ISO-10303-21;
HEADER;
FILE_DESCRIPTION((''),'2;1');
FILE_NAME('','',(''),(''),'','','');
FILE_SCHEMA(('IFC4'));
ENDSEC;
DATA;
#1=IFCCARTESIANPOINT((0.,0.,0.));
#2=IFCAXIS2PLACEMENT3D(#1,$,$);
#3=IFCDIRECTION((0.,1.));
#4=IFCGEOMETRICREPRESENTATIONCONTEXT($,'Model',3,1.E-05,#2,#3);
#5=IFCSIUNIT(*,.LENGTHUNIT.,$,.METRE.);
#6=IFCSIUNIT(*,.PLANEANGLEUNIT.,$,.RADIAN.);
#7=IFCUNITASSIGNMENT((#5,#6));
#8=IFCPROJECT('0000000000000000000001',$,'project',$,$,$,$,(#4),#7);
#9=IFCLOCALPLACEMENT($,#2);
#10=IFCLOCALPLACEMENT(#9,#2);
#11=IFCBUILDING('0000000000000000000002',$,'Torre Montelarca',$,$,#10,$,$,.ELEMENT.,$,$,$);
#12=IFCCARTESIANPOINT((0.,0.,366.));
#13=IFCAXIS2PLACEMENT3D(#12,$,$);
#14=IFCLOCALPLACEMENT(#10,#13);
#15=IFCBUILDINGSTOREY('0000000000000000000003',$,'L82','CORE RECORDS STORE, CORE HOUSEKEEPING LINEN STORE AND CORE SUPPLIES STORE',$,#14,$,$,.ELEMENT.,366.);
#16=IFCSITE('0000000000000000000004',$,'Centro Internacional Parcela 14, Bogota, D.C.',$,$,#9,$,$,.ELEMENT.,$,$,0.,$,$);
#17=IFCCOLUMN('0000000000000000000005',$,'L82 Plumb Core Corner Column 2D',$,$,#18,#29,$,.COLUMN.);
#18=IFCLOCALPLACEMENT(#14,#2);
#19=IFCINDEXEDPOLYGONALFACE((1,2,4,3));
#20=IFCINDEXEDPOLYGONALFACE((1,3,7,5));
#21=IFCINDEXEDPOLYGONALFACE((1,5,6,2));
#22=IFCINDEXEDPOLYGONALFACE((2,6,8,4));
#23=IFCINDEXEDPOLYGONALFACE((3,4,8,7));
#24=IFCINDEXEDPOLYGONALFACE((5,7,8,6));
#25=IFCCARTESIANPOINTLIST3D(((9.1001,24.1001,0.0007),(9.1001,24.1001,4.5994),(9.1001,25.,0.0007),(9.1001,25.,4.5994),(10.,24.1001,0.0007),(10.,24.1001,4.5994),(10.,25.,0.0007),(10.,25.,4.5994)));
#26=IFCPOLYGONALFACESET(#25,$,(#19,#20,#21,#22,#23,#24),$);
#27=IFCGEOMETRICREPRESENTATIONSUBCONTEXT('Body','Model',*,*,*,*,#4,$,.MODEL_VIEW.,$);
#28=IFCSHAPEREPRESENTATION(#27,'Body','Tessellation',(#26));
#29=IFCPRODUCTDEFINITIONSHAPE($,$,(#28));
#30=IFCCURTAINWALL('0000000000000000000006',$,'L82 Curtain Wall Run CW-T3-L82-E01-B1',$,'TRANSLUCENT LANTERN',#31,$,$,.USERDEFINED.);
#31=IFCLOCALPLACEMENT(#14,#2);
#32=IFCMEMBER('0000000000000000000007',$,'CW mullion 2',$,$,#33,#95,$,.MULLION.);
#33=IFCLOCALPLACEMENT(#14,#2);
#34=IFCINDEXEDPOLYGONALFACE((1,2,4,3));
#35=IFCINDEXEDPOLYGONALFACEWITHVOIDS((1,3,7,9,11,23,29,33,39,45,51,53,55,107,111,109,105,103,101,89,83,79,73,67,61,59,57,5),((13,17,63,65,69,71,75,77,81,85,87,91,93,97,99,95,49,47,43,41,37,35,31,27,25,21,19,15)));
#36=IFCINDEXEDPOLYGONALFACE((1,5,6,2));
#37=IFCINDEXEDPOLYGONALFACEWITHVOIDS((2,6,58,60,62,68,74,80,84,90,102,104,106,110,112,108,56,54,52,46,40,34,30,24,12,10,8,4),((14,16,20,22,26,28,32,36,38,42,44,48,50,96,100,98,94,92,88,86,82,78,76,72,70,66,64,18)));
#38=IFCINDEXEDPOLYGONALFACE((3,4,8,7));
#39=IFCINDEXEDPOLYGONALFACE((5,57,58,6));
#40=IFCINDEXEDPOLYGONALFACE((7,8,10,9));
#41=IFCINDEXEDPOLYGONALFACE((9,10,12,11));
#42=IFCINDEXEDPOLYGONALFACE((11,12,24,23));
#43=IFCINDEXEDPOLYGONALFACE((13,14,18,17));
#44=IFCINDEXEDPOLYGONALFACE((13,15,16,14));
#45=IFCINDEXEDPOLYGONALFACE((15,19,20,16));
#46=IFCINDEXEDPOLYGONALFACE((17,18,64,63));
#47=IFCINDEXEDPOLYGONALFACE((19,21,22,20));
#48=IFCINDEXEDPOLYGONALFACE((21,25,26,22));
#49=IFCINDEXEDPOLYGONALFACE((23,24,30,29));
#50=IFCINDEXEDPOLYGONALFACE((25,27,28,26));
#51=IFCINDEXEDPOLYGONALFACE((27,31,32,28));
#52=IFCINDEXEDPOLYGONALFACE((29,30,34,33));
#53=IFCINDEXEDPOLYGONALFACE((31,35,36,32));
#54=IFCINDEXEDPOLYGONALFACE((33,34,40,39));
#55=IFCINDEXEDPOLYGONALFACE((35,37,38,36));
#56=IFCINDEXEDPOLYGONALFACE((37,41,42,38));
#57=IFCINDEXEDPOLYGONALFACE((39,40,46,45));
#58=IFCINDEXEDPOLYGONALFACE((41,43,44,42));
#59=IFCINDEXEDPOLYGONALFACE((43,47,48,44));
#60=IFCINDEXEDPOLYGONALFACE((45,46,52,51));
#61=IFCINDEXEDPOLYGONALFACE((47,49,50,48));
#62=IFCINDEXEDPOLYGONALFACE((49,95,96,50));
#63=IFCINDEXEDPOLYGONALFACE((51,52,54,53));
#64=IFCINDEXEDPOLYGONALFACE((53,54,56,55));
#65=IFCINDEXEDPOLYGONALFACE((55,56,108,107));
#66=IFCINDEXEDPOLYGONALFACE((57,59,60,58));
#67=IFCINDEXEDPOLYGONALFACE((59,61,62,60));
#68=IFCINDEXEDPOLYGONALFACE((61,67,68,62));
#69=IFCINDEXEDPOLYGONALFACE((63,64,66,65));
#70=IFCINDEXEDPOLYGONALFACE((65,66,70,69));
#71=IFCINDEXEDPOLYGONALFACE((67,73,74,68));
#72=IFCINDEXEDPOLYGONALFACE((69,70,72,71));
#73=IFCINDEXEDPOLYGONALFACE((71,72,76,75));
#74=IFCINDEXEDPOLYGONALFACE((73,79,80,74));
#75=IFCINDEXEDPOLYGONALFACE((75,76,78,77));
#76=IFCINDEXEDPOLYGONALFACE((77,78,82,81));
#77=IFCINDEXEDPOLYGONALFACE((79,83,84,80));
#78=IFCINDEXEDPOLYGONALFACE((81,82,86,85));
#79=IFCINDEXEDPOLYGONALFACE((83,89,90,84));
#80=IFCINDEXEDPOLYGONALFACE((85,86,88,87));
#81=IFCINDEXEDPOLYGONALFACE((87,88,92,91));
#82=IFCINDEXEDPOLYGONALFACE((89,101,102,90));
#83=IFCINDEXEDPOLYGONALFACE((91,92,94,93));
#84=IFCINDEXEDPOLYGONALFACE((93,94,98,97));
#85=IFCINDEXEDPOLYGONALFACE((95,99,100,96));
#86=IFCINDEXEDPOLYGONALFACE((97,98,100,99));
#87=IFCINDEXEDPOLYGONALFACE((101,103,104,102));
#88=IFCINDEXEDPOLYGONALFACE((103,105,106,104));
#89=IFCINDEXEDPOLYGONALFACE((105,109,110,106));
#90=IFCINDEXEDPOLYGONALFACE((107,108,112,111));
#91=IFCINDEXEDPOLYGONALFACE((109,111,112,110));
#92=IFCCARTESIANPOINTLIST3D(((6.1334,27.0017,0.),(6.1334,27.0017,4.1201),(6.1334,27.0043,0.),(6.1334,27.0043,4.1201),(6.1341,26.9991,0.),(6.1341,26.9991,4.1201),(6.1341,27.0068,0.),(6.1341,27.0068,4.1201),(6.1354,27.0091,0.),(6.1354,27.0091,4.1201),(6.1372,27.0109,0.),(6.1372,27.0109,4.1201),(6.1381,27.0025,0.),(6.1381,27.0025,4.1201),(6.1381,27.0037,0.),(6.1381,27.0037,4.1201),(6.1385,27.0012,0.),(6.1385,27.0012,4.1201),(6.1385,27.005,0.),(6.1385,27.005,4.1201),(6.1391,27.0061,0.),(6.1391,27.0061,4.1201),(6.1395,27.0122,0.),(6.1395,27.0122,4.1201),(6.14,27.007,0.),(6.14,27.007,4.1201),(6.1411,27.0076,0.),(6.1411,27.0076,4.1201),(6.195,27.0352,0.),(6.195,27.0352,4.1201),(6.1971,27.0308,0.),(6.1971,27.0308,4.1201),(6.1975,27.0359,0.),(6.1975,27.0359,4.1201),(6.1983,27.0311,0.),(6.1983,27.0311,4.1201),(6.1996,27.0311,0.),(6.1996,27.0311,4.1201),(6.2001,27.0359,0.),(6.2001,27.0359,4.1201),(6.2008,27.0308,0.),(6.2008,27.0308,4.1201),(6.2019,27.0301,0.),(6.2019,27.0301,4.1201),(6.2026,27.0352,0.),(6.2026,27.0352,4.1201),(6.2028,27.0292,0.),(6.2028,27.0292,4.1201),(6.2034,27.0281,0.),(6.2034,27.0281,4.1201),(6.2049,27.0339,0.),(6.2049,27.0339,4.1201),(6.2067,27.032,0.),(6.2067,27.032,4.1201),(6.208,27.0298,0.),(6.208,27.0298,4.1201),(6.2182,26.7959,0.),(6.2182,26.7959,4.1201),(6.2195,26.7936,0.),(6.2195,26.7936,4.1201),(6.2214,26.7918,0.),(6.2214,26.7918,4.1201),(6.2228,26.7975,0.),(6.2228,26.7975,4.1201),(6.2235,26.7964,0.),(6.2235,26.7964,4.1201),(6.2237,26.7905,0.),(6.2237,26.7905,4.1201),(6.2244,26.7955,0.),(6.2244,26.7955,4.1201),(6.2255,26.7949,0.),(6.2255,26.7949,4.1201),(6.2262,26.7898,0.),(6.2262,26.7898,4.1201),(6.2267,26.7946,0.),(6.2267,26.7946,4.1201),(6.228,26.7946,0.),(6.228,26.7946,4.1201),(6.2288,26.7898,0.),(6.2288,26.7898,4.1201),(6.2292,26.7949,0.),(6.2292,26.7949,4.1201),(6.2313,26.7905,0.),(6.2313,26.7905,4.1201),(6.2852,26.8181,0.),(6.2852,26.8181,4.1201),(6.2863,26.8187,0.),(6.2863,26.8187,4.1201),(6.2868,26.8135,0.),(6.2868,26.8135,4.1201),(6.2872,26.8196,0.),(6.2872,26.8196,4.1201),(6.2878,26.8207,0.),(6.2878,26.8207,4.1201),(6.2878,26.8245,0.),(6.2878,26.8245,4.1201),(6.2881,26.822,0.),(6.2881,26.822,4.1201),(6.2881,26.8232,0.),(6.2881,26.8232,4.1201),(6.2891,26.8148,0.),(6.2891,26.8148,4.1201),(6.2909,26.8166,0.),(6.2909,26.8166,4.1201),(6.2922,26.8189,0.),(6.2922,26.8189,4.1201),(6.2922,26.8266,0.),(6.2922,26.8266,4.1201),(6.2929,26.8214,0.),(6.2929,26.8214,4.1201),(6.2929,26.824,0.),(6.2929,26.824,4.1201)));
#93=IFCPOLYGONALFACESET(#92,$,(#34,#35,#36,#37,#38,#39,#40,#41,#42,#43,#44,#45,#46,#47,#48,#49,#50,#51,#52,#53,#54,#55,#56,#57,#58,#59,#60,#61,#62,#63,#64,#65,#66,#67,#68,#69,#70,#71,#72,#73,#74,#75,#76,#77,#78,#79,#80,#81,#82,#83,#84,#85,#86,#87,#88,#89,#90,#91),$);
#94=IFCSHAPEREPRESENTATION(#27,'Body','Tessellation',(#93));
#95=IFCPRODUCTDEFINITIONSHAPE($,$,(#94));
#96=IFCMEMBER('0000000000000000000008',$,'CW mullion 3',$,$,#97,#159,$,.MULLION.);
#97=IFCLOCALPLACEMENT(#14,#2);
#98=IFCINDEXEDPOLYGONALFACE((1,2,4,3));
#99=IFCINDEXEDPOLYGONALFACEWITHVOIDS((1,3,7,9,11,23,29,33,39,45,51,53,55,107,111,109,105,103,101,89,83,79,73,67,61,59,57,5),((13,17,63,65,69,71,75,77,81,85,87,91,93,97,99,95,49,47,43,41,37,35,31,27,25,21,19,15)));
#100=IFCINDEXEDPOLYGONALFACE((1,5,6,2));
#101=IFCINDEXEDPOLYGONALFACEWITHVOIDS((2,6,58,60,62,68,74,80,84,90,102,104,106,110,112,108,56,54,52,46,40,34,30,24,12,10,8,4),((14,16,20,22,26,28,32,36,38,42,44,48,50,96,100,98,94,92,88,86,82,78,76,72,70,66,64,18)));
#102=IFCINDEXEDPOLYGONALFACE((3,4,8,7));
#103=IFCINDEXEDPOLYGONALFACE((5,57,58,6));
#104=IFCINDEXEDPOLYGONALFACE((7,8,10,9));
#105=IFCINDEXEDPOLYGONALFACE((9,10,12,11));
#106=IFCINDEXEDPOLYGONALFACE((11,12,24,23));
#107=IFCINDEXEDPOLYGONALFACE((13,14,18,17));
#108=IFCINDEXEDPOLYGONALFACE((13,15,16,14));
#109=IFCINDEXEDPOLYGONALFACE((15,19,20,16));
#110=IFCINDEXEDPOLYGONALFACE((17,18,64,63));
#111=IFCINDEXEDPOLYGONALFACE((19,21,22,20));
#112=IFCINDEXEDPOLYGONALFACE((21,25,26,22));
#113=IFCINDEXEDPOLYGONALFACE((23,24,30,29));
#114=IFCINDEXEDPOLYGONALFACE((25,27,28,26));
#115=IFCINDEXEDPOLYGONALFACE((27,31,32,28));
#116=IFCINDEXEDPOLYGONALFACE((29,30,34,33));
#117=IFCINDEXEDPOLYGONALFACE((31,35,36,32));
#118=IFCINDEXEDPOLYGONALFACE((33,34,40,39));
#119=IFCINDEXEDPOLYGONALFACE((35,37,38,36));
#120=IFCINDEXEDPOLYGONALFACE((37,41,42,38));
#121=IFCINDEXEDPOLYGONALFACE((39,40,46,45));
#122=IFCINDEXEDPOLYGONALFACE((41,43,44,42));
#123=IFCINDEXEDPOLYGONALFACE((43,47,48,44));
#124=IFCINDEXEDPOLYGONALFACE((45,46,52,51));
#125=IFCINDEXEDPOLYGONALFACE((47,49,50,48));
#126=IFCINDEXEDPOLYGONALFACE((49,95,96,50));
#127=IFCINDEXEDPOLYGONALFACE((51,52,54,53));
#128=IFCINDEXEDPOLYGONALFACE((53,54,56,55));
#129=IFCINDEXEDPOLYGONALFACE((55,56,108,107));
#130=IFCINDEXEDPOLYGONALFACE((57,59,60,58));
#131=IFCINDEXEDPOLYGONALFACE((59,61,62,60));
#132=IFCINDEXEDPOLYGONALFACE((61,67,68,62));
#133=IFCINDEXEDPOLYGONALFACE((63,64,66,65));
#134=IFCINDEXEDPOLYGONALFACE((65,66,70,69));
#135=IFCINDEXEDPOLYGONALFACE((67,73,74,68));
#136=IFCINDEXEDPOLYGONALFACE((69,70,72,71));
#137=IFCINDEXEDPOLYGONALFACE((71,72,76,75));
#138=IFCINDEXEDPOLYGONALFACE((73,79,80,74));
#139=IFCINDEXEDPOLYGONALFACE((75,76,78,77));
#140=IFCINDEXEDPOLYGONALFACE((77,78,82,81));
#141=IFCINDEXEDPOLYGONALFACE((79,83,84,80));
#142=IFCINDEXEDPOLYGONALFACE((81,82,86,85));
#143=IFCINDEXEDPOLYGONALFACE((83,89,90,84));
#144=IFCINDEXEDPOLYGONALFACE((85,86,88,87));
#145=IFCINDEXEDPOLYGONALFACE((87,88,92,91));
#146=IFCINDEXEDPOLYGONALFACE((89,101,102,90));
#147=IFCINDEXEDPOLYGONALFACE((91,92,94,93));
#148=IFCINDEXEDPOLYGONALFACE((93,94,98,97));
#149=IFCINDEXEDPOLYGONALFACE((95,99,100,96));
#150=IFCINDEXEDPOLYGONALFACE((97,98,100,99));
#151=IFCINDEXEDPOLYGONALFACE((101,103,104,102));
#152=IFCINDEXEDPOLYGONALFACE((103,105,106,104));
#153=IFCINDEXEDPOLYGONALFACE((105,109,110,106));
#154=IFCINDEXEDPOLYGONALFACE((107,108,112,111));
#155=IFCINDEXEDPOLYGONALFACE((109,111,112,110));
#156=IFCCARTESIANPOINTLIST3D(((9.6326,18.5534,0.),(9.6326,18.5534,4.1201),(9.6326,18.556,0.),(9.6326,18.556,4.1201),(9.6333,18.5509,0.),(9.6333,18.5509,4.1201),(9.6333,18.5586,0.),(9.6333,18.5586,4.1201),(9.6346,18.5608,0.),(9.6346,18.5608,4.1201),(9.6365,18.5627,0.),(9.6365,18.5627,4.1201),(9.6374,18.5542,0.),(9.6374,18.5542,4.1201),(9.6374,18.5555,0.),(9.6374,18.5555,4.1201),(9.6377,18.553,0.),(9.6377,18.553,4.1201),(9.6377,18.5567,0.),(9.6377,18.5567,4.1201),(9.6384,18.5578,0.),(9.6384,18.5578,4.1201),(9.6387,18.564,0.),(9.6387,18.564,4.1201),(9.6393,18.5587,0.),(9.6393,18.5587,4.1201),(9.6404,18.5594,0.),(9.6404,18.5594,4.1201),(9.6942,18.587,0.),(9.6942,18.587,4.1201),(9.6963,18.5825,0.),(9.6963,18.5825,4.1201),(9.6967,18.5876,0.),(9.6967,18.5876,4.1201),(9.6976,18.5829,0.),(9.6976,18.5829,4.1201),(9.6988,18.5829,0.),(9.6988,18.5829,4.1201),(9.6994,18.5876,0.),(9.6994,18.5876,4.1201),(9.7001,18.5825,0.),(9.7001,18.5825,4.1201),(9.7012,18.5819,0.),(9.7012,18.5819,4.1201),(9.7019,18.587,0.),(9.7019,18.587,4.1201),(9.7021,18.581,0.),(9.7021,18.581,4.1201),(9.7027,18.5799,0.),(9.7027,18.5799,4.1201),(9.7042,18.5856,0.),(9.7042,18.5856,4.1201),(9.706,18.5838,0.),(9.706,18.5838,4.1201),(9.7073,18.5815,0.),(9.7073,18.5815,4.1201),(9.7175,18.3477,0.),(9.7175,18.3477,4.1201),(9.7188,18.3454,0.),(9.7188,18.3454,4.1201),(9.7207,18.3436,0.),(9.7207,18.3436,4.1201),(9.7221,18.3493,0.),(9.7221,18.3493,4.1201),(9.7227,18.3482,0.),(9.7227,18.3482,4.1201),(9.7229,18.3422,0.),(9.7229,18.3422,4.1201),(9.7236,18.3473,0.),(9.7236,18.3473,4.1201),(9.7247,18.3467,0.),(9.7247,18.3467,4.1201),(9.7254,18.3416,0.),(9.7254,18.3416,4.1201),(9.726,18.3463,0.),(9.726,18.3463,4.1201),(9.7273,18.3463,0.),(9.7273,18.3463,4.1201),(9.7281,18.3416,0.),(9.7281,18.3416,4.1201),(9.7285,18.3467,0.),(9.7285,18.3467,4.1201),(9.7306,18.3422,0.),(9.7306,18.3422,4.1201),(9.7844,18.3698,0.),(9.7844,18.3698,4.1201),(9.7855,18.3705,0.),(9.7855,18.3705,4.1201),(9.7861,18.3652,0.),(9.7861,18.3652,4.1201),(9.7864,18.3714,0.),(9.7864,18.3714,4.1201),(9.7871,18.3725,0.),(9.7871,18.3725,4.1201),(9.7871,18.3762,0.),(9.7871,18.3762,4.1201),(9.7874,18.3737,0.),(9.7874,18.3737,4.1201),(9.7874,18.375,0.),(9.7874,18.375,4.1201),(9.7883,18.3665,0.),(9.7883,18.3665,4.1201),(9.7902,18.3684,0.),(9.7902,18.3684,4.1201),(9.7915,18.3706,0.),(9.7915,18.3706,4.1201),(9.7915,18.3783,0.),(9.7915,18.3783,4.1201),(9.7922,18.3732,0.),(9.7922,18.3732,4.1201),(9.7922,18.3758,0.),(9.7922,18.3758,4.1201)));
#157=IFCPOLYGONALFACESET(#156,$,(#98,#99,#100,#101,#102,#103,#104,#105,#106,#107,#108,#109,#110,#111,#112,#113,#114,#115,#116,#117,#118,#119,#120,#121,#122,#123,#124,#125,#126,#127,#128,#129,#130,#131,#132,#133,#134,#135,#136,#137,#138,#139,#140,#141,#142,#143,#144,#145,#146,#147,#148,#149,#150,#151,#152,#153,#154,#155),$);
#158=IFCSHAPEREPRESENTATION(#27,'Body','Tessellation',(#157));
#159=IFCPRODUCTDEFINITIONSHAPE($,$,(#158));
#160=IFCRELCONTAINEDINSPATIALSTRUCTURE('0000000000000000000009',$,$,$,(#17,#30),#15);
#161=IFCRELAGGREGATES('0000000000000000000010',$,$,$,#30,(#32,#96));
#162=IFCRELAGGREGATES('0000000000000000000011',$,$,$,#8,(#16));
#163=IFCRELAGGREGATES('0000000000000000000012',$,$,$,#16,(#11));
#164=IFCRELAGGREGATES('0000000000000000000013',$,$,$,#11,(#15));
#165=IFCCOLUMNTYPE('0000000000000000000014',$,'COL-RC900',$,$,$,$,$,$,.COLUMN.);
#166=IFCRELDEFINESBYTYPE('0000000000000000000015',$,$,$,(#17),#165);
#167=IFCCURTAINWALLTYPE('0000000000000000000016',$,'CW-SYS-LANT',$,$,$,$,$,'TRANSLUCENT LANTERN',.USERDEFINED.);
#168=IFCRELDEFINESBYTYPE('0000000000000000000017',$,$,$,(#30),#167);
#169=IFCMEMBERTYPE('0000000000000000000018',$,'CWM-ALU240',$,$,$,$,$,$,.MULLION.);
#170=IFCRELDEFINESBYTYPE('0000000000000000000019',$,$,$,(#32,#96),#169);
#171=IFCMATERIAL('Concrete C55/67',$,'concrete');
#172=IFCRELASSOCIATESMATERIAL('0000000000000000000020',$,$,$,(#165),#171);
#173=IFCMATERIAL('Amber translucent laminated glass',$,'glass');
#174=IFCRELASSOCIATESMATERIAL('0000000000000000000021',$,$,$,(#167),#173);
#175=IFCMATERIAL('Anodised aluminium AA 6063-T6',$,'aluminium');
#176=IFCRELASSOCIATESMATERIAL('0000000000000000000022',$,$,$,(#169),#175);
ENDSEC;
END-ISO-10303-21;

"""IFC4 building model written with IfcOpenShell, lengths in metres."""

from ifc_helpers import new_model, si_unit, direction, frame, origin, origin_2d, place, context, subcontext, project, spatial, rectangle, hollow_rectangle, extrude, source, transform, mapped, material, material_profile, profile_set, type_object, element, aggregate, save


model = new_model("IFC4")

# Units and contexts
model_context = context("Model", 3, precision=1e-05, world=origin(), true_north=direction((0.0, 1.0)))
body_context = subcontext(model_context, "Body", "Model", "MODEL_VIEW")
ifc_project = project(units=[si_unit("LENGTHUNIT", "METRE"), si_unit("PLANEANGLEUNIT", "RADIAN")], contexts=[model_context])

# Site, building, storey
site_placement = place(None, origin())
site = spatial("IfcSite", under=ifc_project, at=site_placement, Name="Centro Internacional Parcela 14, Bogota, D.C.", CompositionType="ELEMENT", RefElevation=0.0)
building_placement = place(site_placement, origin())
building = spatial("IfcBuilding", under=site, at=building_placement, Name="Torre Montelarca", CompositionType="ELEMENT")
storey_placement = place(building_placement, frame((0.0, 0.0, 366.0)))
storey = spatial("IfcBuildingStorey", under=building, at=storey_placement, Name="L82", Description="CORE RECORDS STORE, CORE HOUSEKEEPING LINEN STORE AND CORE SUPPLIES STORE", CompositionType="ELEMENT", Elevation=366.0)

# Column
ifc_material_1 = material(Name="Concrete C55/67", Category="concrete")
ifc_material_profile_1 = material_profile(ifc_material_1, rectangle(XDim=0.8999, YDim=0.8999, at=origin_2d()), Name="RC900X900", Category="concrete")
ifc_profile_set_1 = profile_set([ifc_material_profile_1], Name="Concrete C55/67")
column_type = type_object("IfcColumnType", Name="COL-RC900", PredefinedType="COLUMN", material=ifc_profile_set_1)
shared_shape_1 = source(origin(), body_context, "Body", "SweptSolid", [
    extrude(rectangle(XDim=0.8999, YDim=0.8999, at=origin_2d()), origin(), (0.0, 0.0, 1.0), 4.5986),
])
column_placement = place(storey_placement, frame((9.55, 24.55, 0.0007), z_axis=(0.0, 0.0, 1.0), x_axis=(1.0, 0.0, 0.0)))
element("IfcColumn", 1, at=column_placement, inside=storey, type_object=column_type, Name="L82 Plumb Core Corner Column 2D", PredefinedType="COLUMN", context=body_context, shape_type="MappedRepresentation", body=[
    mapped(shared_shape_1, transform((0.0, 0.0, 0.0), scale=1.0)),
])

# Curtain wall, members
ifc_material_2 = material(Name="Amber translucent laminated glass", Category="glass")
curtain_wall_type = type_object("IfcCurtainWallType", Name="CW-SYS-LANT", ElementType="TRANSLUCENT LANTERN", PredefinedType="USERDEFINED", material=ifc_material_2)
curtain_wall_1_placement = place(storey_placement, origin())
curtain_wall_1 = element("IfcCurtainWall", 2, at=curtain_wall_1_placement, inside=storey, type_object=curtain_wall_type, Name="L82 Curtain Wall Run CW-T3-L82-E01-B1", ObjectType="TRANSLUCENT LANTERN", PredefinedType="USERDEFINED")
ifc_material_3 = material(Name="Anodised aluminium AA 6063-T6", Category="aluminium")
ifc_material_profile_2 = material_profile(ifc_material_3, hollow_rectangle(XDim=0.0801, YDim=0.24, WallThickness=0.0049, InnerFilletRadius=0.0049, OuterFilletRadius=0.01, at=origin_2d()), Name="ALU80X240X5", Category="aluminium")
ifc_profile_set_2 = profile_set([ifc_material_profile_2], Name="Anodised aluminium AA 6063-T6")
member_type_1 = type_object("IfcMemberType", Name="CWM-ALU240", PredefinedType="MULLION", material=ifc_profile_set_2)
shared_shape_2 = source(origin(), body_context, "Body", "SweptSolid", [
    extrude(hollow_rectangle(XDim=0.0801, YDim=0.24, WallThickness=0.0049, InnerFilletRadius=0.0049, OuterFilletRadius=0.01, at=origin_2d()), origin(), (0.0, 0.0, 1.0), 4.1201),
])
member_1_placement = place(storey_placement, frame((6.2131, 26.9128, 0.0), z_axis=(0.0, 0.0, 1.0), x_axis=(0.92388, 0.382681, 0.0)))
member_1 = element("IfcMember", 3, at=member_1_placement, type_object=member_type_1, Name="CW mullion 2", PredefinedType="MULLION", context=body_context, shape_type="MappedRepresentation", body=[
    mapped(shared_shape_2, transform((0.0, 0.0, 0.0), scale=1.0)),
])
member_2_placement = place(storey_placement, frame((9.7124, 18.4646, 0.0), z_axis=(0.0, 0.0, 1.0), x_axis=(0.92388, 0.382681, 0.0)))
member_2 = element("IfcMember", 4, at=member_2_placement, type_object=member_type_1, Name="CW mullion 3", PredefinedType="MULLION", context=body_context, shape_type="MappedRepresentation", body=[
    mapped(shared_shape_2, transform((0.0, 0.0, 0.0), scale=1.0)),
])

aggregate(curtain_wall_1, [member_1, member_2])

save(model, "model.ifc")
